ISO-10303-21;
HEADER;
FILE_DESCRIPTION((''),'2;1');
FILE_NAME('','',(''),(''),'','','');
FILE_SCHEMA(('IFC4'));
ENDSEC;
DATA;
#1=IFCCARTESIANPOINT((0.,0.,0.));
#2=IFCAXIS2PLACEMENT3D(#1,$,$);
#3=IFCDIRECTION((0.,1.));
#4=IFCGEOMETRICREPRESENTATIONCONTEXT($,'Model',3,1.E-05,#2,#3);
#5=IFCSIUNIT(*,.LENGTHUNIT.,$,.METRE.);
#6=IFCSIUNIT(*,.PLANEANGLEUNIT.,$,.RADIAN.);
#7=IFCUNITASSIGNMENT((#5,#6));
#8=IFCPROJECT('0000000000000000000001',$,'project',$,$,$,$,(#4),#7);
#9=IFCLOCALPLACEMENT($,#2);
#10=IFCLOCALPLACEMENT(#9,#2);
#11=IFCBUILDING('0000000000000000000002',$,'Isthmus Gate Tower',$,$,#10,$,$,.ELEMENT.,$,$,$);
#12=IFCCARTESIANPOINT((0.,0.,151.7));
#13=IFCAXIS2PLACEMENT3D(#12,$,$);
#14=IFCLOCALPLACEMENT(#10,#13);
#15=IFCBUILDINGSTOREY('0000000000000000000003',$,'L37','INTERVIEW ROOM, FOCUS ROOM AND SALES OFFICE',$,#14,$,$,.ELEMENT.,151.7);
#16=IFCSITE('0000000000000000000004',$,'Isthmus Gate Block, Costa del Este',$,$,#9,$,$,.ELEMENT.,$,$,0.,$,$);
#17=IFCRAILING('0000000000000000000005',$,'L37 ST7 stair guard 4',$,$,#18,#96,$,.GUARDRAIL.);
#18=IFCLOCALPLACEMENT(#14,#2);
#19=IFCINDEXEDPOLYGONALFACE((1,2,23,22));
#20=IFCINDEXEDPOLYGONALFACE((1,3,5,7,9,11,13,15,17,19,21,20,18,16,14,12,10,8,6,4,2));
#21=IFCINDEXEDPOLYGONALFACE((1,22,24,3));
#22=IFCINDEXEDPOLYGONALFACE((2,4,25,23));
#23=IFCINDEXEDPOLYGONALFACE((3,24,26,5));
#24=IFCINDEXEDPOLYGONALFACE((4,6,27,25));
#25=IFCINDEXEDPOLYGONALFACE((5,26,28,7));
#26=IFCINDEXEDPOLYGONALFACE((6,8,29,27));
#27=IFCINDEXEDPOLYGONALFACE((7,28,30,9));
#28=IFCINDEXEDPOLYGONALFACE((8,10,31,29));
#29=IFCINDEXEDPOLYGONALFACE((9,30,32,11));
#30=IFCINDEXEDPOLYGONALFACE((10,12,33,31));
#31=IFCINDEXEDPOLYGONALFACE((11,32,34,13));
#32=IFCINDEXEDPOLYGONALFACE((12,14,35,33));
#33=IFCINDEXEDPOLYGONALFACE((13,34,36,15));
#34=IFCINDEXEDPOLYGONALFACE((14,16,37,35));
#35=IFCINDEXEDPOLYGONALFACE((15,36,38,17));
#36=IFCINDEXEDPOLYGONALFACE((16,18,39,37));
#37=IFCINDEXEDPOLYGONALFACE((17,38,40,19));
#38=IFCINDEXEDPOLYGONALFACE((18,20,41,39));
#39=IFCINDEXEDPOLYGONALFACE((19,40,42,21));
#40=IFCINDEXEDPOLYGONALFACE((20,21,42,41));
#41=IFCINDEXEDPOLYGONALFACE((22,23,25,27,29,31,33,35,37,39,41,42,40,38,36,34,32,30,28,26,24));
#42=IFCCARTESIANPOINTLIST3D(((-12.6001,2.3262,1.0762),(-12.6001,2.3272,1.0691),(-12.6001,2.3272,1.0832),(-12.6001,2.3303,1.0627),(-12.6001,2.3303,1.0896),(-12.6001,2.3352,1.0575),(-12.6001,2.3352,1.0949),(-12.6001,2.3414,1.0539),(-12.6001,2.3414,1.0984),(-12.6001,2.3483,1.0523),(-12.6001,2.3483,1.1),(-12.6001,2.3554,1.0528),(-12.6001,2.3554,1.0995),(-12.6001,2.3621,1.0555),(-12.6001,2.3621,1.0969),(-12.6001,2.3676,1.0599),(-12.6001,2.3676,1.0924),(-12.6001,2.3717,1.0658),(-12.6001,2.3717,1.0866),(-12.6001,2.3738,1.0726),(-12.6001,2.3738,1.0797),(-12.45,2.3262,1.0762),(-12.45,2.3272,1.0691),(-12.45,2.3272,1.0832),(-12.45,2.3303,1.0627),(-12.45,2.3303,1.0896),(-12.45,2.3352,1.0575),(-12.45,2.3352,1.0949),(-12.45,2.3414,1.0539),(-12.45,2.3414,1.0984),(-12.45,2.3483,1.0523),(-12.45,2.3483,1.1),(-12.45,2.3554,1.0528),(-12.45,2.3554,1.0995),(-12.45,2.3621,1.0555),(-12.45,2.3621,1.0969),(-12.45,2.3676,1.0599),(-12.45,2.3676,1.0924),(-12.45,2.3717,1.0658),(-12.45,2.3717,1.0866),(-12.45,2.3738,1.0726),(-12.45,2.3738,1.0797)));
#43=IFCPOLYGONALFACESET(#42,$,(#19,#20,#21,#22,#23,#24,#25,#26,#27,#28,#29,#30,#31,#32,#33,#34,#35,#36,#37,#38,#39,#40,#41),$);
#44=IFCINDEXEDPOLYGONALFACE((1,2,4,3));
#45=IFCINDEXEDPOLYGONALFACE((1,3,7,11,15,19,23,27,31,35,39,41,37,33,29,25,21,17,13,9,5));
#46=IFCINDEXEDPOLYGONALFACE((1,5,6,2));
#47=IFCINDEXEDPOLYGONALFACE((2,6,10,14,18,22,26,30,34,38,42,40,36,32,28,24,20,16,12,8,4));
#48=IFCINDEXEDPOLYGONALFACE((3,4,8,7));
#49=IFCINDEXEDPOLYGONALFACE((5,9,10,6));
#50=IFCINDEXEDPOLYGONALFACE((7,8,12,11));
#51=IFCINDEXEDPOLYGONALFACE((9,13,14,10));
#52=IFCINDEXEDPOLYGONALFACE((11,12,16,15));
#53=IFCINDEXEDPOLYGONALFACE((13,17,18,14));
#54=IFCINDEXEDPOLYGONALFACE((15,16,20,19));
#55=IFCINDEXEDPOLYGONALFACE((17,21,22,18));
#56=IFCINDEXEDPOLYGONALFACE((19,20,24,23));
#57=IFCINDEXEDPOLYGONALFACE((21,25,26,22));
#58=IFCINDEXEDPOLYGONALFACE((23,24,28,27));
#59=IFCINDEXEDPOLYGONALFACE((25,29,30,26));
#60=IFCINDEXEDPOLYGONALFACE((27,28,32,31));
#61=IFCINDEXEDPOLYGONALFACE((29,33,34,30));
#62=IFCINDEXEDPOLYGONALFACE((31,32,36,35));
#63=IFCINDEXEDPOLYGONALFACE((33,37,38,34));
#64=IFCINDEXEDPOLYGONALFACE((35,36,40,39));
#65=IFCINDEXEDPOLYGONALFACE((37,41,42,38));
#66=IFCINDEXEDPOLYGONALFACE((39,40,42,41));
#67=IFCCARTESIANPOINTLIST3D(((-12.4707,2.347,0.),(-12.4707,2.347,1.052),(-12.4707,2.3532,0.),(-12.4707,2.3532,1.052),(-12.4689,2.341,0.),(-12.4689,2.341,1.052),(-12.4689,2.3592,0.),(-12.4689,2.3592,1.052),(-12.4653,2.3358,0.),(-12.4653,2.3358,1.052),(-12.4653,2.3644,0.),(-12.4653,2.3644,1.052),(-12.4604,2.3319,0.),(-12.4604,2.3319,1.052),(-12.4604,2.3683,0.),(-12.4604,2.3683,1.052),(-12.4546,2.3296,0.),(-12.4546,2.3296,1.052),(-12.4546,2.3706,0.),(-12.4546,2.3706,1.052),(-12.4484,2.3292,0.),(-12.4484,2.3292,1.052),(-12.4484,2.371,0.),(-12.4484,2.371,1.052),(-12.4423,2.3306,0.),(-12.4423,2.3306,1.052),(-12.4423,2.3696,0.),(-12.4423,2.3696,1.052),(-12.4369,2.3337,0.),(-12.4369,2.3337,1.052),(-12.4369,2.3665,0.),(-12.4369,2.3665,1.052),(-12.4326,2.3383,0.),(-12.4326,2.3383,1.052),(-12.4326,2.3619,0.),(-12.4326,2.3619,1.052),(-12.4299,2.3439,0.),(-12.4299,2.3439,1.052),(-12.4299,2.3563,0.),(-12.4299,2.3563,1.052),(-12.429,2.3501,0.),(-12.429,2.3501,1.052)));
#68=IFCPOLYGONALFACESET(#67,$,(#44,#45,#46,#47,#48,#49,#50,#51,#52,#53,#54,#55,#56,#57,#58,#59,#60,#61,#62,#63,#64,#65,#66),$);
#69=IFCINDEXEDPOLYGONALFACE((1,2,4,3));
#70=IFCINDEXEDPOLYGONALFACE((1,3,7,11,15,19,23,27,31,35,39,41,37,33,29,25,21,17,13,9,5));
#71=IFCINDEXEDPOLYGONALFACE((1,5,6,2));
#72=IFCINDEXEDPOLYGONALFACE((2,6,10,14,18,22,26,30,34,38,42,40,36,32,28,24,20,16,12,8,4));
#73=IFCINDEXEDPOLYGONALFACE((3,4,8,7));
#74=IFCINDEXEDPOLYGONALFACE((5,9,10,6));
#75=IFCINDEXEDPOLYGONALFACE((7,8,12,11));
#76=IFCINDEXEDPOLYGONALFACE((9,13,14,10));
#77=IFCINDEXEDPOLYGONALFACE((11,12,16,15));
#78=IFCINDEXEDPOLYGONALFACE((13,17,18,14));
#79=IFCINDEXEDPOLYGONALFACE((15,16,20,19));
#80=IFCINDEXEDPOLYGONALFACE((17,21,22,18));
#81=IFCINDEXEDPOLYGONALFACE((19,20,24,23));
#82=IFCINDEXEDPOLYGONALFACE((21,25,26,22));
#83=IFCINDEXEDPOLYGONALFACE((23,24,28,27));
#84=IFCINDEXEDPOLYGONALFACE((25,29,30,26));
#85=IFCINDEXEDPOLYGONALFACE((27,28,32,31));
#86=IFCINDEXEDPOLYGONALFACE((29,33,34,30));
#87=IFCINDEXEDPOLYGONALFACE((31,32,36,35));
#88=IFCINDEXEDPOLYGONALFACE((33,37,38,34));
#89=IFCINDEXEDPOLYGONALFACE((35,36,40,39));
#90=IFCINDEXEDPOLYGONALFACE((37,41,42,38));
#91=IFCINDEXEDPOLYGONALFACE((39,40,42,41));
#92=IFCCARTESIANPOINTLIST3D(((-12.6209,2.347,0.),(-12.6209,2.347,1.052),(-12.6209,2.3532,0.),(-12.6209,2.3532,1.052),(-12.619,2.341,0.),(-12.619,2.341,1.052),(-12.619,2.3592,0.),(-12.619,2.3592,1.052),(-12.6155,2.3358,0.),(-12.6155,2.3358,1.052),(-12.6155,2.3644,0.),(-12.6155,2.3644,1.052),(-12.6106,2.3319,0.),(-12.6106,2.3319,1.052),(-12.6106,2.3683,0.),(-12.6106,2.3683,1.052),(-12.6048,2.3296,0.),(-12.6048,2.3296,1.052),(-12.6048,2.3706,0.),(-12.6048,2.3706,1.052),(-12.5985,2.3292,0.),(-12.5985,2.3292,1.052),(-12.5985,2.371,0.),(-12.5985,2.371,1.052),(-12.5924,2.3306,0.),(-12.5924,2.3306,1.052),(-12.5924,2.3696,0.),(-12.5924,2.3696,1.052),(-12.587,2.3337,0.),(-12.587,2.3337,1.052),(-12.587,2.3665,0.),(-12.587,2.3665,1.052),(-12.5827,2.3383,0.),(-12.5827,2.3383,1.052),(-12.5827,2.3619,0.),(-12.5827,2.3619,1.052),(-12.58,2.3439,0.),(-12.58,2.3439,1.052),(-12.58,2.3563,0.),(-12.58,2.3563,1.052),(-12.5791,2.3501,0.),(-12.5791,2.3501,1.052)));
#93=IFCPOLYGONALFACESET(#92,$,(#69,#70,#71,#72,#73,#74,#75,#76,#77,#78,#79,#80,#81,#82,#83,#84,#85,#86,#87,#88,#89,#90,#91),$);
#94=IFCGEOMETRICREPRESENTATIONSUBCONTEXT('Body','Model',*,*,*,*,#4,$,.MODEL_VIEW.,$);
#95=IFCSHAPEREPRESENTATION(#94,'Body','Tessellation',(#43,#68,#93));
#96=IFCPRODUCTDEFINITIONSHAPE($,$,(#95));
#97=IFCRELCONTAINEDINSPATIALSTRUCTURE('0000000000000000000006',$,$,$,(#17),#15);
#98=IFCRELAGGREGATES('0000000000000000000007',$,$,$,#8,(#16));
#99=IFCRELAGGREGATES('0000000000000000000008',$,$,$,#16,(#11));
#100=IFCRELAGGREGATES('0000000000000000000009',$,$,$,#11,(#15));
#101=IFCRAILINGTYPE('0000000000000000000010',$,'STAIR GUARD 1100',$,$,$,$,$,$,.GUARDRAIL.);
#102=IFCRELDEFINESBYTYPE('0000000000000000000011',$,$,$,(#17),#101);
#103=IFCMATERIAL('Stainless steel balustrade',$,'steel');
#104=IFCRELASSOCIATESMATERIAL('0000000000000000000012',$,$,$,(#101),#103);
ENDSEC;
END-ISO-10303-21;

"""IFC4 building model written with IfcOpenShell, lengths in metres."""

from ifc_helpers import new_model, si_unit, direction, frame, origin, origin_2d, place, context, subcontext, project, spatial, circle, extrude, material, type_object, element, save


model = new_model("IFC4")

# Units and contexts
model_context = context("Model", 3, precision=1e-05, world=origin(), true_north=direction((0.0, 1.0)))
body_context = subcontext(model_context, "Body", "Model", "MODEL_VIEW")
ifc_project = project(units=[si_unit("LENGTHUNIT", "METRE"), si_unit("PLANEANGLEUNIT", "RADIAN")], contexts=[model_context])

# Site, building, storey
site_placement = place(None, origin())
site = spatial("IfcSite", under=ifc_project, at=site_placement, Name="Isthmus Gate Block, Costa del Este", CompositionType="ELEMENT", RefElevation=0.0)
building_placement = place(site_placement, origin())
building = spatial("IfcBuilding", under=site, at=building_placement, Name="Isthmus Gate Tower", CompositionType="ELEMENT")
storey_placement = place(building_placement, frame((0.0, 0.0, 151.7)))
storey = spatial("IfcBuildingStorey", under=building, at=storey_placement, Name="L37", Description="INTERVIEW ROOM, FOCUS ROOM AND SALES OFFICE", CompositionType="ELEMENT", Elevation=151.7)

# Railing
ifc_material_1 = material(Name="Stainless steel balustrade", Category="steel")
railing_type_1 = type_object("IfcRailingType", Name="STAIR GUARD 1100", PredefinedType="GUARDRAIL", material=ifc_material_1)
railing_1_placement = place(storey_placement, frame((-12.45, 2.3501, 0.0)))
element("IfcRailing", 1, at=railing_1_placement, inside=storey, type_object=railing_type_1, Name="L37 ST7 stair guard 4", PredefinedType="GUARDRAIL", context=body_context, shape_type="SweptSolid", body=[
    extrude(circle(Radius=0.0239, at=origin_2d()), frame((0.0, 0.0, 1.0762), z_axis=(-1.0, 0.0, 0.0), x_axis=(0.0, -1.0, 0.0)), (0.0, 0.0, 1.0), 0.1501),
    extrude(circle(Radius=0.021, at=origin_2d()), origin(), (0.0, 0.0, 1.0), 1.052),
    extrude(circle(Radius=0.021, at=origin_2d()), frame((-0.1501, 0.0, 0.0)), (0.0, 0.0, 1.0), 1.052),
])

save(model, "model.ifc")
